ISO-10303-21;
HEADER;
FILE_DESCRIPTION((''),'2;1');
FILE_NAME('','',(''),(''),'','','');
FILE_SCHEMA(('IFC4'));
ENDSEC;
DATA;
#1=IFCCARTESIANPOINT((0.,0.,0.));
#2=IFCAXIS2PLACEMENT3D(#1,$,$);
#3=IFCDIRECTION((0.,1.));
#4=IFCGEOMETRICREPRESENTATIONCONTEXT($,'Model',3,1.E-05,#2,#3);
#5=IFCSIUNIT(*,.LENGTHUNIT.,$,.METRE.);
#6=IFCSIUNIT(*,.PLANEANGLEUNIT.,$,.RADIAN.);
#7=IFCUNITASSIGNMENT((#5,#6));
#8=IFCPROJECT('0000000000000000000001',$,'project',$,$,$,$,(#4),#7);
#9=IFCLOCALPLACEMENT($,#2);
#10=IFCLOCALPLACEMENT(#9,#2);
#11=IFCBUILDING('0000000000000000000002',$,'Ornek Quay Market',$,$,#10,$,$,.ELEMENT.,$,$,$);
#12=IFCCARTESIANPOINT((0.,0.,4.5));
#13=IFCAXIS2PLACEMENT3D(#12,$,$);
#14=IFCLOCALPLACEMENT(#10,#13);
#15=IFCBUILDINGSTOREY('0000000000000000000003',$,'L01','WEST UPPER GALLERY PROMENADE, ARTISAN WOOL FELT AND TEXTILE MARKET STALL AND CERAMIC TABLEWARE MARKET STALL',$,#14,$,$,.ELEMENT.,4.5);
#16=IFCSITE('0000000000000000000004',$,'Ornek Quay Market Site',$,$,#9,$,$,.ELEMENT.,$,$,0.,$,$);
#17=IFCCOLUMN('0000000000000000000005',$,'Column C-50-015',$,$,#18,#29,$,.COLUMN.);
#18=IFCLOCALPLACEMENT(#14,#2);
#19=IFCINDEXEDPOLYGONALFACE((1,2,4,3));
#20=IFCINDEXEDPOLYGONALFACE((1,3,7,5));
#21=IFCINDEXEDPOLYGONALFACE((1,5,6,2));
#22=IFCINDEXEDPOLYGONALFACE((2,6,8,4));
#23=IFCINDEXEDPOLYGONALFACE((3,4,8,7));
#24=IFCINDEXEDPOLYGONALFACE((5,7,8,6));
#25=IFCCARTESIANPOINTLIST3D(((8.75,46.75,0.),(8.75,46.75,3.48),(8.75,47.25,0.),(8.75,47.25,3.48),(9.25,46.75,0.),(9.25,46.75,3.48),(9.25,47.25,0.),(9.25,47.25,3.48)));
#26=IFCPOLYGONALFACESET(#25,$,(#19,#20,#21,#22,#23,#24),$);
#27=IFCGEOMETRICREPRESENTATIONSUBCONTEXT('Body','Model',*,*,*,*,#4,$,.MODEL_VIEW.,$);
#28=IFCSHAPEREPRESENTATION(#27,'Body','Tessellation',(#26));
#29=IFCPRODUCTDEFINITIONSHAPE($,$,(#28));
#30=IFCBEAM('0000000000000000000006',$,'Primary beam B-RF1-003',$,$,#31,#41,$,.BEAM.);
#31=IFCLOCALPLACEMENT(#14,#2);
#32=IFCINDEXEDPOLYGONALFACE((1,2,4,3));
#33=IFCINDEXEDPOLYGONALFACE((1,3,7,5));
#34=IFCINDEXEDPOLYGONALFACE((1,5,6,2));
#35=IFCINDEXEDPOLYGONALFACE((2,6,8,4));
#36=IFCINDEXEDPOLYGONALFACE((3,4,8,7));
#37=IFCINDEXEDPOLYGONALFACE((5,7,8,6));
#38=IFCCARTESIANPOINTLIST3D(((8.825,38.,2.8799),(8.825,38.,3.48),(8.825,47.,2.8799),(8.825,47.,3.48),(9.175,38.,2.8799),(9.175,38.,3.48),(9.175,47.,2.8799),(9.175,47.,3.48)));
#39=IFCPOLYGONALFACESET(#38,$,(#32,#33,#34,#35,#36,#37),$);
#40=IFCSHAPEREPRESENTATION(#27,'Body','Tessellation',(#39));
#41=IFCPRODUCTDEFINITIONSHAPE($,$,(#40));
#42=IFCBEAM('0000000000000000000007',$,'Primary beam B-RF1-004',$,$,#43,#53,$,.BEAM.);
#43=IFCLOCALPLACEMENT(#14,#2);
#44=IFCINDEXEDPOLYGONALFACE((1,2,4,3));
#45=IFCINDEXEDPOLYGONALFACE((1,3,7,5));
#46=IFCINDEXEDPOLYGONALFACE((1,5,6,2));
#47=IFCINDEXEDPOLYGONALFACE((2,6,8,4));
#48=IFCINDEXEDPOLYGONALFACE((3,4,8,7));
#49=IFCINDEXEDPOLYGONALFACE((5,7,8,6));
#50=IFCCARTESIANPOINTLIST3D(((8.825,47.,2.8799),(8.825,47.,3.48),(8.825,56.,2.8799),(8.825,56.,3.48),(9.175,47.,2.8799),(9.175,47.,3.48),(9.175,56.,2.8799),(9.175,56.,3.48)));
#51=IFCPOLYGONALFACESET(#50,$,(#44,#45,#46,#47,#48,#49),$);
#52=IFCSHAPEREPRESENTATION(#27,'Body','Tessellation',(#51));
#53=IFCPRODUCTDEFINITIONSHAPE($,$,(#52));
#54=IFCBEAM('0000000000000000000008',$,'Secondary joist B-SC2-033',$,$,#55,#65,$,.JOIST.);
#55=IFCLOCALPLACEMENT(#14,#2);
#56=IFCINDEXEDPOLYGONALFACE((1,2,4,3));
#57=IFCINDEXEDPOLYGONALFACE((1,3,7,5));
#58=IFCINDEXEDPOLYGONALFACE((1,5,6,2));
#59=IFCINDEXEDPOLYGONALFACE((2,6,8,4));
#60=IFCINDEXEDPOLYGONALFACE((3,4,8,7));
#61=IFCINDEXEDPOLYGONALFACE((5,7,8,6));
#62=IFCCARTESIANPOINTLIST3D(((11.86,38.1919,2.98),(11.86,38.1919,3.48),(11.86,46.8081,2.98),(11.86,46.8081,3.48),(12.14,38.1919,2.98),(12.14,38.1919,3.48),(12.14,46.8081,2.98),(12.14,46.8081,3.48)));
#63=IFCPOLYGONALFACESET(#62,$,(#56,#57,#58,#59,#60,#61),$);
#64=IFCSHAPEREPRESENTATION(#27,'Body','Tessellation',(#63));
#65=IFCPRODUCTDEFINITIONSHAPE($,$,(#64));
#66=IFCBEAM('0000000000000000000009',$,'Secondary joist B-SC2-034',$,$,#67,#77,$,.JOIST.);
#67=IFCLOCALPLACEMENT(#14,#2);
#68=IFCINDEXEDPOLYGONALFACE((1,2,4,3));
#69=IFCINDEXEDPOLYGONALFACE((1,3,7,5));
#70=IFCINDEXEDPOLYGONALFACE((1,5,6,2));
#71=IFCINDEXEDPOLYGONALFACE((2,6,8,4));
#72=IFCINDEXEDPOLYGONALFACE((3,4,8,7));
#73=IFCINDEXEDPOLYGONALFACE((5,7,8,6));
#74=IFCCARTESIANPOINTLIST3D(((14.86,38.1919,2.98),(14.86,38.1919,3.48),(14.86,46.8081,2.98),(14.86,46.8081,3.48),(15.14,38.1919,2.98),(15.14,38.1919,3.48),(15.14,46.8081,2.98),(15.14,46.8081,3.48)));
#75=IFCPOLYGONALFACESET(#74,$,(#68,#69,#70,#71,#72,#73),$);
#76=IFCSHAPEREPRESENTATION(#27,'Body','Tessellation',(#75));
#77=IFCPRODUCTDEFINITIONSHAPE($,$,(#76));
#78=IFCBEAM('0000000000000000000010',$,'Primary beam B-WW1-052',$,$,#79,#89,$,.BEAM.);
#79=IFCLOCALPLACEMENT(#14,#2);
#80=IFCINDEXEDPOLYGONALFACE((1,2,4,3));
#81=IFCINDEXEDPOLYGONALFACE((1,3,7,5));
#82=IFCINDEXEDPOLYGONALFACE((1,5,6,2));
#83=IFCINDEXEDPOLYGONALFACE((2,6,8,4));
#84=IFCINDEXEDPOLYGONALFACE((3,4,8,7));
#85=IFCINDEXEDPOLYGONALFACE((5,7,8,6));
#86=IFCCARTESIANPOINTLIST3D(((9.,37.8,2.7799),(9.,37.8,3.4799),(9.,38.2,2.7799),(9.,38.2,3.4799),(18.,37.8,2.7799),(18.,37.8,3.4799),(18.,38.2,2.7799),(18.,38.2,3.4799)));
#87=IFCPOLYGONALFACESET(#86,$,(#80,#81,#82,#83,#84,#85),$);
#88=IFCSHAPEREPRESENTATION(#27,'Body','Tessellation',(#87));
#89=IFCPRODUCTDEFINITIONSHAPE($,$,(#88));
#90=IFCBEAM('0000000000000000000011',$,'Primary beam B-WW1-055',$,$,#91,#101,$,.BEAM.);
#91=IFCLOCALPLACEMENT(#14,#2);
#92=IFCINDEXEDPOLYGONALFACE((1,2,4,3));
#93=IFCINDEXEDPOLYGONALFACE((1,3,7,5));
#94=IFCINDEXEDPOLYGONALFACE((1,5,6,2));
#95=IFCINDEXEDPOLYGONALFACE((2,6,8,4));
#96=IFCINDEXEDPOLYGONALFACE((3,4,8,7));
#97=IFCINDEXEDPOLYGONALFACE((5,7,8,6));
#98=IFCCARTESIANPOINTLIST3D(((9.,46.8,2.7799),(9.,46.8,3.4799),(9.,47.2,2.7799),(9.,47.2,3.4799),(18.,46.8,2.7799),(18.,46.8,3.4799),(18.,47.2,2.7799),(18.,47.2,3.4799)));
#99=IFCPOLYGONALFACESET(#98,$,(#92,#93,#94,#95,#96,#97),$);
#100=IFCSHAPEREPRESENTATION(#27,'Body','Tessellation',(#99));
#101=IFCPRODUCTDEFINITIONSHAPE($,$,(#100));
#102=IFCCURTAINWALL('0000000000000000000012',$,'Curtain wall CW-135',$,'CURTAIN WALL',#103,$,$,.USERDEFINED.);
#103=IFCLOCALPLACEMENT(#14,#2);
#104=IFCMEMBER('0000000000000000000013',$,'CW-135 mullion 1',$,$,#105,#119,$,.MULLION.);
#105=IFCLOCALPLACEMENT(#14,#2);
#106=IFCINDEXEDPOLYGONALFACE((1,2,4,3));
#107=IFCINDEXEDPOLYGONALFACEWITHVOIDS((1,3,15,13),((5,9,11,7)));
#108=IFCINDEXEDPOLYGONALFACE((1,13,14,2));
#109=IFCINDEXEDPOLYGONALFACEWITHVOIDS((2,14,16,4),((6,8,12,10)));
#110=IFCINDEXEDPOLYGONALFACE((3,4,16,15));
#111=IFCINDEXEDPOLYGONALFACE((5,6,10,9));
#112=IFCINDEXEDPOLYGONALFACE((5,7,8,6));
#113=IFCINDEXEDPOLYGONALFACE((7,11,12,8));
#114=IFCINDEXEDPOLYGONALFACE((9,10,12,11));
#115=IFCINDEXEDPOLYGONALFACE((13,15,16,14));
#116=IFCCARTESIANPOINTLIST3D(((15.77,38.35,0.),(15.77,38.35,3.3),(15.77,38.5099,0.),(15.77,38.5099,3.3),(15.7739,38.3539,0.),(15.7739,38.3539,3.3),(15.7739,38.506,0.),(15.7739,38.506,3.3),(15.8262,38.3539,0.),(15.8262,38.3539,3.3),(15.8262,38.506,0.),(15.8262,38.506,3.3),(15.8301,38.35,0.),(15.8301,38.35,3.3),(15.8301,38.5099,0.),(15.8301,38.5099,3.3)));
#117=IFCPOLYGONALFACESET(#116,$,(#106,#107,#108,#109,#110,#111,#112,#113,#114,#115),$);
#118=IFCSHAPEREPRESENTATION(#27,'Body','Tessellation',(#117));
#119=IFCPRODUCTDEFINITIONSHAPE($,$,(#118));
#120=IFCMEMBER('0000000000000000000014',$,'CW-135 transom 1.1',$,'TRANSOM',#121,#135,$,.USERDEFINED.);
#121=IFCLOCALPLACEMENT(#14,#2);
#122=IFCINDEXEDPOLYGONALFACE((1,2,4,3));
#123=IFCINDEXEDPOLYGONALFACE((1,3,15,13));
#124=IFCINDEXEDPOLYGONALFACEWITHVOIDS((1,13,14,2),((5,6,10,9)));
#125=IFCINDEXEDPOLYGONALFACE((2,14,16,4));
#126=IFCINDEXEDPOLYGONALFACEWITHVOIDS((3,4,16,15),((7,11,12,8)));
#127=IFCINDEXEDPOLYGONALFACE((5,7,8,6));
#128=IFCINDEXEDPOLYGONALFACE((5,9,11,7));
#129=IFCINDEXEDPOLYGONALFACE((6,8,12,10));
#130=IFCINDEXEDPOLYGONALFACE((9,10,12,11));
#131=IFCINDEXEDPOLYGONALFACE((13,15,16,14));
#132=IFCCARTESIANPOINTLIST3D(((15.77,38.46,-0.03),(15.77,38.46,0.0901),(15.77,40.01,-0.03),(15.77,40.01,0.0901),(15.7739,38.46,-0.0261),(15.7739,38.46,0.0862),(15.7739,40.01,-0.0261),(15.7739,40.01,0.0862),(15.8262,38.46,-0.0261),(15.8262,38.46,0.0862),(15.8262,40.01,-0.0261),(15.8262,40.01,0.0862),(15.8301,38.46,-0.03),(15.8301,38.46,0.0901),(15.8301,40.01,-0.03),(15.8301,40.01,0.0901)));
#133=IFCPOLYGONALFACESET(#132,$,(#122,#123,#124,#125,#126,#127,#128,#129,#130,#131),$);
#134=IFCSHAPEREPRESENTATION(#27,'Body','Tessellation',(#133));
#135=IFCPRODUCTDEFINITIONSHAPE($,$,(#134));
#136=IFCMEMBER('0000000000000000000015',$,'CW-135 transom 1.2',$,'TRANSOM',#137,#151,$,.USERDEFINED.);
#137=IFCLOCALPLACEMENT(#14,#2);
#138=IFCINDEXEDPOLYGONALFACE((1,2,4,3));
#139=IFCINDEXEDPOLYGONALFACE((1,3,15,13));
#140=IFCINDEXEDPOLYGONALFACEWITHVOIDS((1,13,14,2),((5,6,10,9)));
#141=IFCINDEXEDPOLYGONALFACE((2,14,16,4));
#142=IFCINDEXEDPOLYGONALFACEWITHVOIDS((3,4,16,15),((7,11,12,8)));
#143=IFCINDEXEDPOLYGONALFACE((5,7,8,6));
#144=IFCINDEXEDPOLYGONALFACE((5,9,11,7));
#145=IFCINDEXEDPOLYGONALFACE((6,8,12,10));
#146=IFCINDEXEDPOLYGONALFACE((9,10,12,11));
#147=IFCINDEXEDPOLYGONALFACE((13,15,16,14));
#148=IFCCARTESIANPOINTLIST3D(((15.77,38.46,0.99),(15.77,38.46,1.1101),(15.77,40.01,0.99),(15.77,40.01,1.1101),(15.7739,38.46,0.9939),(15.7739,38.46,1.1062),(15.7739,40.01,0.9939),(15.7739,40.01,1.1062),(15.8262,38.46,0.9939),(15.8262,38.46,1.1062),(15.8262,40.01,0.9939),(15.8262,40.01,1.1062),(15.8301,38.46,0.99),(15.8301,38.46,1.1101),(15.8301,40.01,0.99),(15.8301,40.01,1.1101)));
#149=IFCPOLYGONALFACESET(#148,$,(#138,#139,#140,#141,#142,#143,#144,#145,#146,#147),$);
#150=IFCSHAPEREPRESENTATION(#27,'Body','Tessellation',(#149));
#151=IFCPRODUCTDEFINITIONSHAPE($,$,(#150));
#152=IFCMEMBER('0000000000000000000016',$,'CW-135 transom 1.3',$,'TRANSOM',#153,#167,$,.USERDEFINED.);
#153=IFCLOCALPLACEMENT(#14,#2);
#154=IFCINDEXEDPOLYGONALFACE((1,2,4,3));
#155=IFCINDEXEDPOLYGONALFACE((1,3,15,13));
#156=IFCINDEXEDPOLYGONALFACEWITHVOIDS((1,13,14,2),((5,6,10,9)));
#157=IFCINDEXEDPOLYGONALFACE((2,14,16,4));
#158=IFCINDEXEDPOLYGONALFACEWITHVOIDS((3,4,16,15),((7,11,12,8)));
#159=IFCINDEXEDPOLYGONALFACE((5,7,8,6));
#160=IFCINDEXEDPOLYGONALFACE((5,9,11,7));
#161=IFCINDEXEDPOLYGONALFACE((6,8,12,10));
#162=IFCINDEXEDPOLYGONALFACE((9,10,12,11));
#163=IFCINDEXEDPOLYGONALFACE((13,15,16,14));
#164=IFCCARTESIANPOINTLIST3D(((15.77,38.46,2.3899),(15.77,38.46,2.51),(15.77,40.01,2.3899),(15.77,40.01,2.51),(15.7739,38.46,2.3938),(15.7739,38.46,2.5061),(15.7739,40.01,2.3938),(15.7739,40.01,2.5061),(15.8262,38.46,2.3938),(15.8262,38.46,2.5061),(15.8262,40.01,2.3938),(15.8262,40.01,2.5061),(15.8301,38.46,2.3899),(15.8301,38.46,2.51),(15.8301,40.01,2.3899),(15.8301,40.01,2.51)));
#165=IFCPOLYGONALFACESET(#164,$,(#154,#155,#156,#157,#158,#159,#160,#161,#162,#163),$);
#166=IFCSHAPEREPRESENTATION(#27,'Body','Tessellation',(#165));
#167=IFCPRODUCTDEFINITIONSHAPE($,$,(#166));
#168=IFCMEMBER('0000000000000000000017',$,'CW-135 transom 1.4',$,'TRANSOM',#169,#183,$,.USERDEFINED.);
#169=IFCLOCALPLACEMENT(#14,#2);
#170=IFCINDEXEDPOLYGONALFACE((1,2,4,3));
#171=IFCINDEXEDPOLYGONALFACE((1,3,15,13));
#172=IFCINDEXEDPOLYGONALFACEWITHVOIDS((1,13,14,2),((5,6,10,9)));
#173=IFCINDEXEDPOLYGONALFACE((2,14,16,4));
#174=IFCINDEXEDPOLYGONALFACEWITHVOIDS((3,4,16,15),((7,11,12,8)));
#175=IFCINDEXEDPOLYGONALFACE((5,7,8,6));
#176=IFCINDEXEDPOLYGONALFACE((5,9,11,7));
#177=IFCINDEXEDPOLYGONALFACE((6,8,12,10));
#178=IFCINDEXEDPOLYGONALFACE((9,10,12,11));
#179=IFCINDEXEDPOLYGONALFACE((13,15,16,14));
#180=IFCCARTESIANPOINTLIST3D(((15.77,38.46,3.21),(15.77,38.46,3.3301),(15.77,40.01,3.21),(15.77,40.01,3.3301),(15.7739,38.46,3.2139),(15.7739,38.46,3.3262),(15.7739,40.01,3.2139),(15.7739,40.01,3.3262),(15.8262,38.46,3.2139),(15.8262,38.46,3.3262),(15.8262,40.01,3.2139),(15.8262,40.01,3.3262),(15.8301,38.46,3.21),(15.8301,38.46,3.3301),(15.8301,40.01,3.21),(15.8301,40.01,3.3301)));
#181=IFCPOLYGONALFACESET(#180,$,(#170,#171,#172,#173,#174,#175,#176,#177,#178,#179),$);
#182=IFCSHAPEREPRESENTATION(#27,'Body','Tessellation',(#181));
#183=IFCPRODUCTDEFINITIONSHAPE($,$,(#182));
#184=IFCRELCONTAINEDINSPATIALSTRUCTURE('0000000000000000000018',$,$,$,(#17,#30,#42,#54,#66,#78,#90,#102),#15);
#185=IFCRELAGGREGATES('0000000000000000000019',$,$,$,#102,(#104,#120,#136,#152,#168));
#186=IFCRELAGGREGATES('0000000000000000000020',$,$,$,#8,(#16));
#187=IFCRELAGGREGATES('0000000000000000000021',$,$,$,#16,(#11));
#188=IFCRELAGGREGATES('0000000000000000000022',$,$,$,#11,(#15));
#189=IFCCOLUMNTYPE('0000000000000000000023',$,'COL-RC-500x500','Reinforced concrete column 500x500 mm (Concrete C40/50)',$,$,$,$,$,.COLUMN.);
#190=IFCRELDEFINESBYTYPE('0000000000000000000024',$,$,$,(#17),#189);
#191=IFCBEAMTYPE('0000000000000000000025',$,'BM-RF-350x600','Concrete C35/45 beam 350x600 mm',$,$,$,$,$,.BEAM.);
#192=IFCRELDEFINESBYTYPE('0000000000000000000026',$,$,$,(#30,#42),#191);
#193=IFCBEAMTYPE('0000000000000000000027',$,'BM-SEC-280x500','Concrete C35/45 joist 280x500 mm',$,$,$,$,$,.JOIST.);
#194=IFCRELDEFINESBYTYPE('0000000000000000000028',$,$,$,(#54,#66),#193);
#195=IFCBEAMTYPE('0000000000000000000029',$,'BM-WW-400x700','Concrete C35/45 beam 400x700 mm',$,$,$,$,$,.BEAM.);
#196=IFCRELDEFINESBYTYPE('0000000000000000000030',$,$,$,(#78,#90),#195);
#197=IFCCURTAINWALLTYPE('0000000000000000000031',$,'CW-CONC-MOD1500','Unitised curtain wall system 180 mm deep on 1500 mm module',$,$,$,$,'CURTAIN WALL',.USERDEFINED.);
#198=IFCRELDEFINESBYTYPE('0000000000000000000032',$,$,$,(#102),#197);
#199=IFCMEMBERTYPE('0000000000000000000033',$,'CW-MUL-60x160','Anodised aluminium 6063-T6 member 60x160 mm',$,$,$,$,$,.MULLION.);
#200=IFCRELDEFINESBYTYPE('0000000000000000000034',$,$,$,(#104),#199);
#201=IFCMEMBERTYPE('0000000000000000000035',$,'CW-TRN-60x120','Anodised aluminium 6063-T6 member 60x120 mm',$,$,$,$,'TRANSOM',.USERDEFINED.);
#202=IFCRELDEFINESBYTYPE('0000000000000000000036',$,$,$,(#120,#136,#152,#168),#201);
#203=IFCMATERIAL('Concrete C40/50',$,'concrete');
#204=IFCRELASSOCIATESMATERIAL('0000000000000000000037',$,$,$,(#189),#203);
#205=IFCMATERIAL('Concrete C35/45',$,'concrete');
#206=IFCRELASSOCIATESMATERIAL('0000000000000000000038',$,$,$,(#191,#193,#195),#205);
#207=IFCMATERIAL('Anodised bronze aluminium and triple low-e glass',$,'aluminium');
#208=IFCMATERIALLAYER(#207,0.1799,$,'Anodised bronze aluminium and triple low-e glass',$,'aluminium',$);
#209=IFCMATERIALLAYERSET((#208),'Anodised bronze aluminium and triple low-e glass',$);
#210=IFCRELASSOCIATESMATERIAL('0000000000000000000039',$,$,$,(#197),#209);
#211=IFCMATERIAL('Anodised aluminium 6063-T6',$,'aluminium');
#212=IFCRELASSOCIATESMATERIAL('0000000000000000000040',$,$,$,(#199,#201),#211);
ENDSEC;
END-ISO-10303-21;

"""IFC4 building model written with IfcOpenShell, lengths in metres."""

from ifc_helpers import new_model, si_unit, direction, frame, origin, origin_2d, place, context, subcontext, project, spatial, rectangle, hollow_rectangle, extrude, material, layer, layer_set, material_profile, profile_set, type_object, element, aggregate, save


model = new_model("IFC4")

# Units and contexts
model_context = context("Model", 3, precision=1e-05, world=origin(), true_north=direction((0.0, 1.0)))
body_context = subcontext(model_context, "Body", "Model", "MODEL_VIEW")
ifc_project = project(units=[si_unit("LENGTHUNIT", "METRE"), si_unit("PLANEANGLEUNIT", "RADIAN")], contexts=[model_context])

# Site, building, storey
site_placement = place(None, origin())
site = spatial("IfcSite", under=ifc_project, at=site_placement, Name="Ornek Quay Market Site", CompositionType="ELEMENT", RefElevation=0.0)
building_placement = place(site_placement, origin())
building = spatial("IfcBuilding", under=site, at=building_placement, Name="Ornek Quay Market", CompositionType="ELEMENT")
storey_placement = place(building_placement, frame((0.0, 0.0, 4.5)))
storey = spatial("IfcBuildingStorey", under=building, at=storey_placement, Name="L01", Description="WEST UPPER GALLERY PROMENADE, ARTISAN WOOL FELT AND TEXTILE MARKET STALL AND CERAMIC TABLEWARE MARKET STALL", CompositionType="ELEMENT", Elevation=4.5)

# Column
ifc_material_1 = material(Name="Concrete C40/50", Category="concrete")
ifc_material_profile_1 = material_profile(ifc_material_1, rectangle(XDim=0.5, YDim=0.5, at=origin_2d()), Name="RC 500x500", Category="concrete")
ifc_profile_set_1 = profile_set([ifc_material_profile_1], Name="Concrete C40/50")
column_type = type_object("IfcColumnType", Name="COL-RC-500x500", Description="Reinforced concrete column 500x500 mm (Concrete C40/50)", PredefinedType="COLUMN", material=ifc_profile_set_1)
column_placement = place(storey_placement, frame((9.0, 47.0, 0.0), z_axis=(0.0, 0.0, 1.0), x_axis=(1.0, 0.0, 0.0)))
element("IfcColumn", 1, at=column_placement, inside=storey, type_object=column_type, Name="Column C-50-015", PredefinedType="COLUMN", context=body_context, shape_type="SweptSolid", body=[
    extrude(rectangle(XDim=0.5, YDim=0.5, at=origin_2d()), origin(), (0.0, 0.0, 1.0), 3.48),
])

# Beams
ifc_material_2 = material(Name="Concrete C35/45", Category="concrete")
ifc_material_profile_2 = material_profile(ifc_material_2, rectangle(XDim=0.3501, YDim=0.6001, at=origin_2d()), Name="RC 350x600", Category="concrete")
ifc_profile_set_2 = profile_set([ifc_material_profile_2], Name="Concrete C35/45")
beam_type_1 = type_object("IfcBeamType", Name="BM-RF-350x600", Description="Concrete C35/45 beam 350x600 mm", PredefinedType="BEAM", material=ifc_profile_set_2)
for number, where, z_axis, x_axis, name in (
    (2, (9.0, 38.0, 3.1799), (0.0, 1.0, 0.0), (-1.0, 0.0, 0.0), "Primary beam B-RF1-003"),
    (3, (9.0, 47.0, 3.1799), (0.0, 1.0, 0.0), (-1.0, 0.0, 0.0), "Primary beam B-RF1-004"),
):
    element("IfcBeam", number, at=place(storey_placement, frame(where, z_axis=z_axis, x_axis=x_axis)), inside=storey, type_object=beam_type_1, Name=name, PredefinedType="BEAM", context=body_context, shape_type="SweptSolid", body=[
        extrude(rectangle(XDim=0.3501, YDim=0.6001, at=origin_2d()), origin(), (0.0, 0.0, 1.0), 9.0),
    ])
ifc_material_profile_3 = material_profile(ifc_material_2, rectangle(XDim=0.28, YDim=0.5, at=origin_2d()), Name="RC 280x500", Category="concrete")
ifc_profile_set_3 = profile_set([ifc_material_profile_3], Name="Concrete C35/45")
beam_type_2 = type_object("IfcBeamType", Name="BM-SEC-280x500", Description="Concrete C35/45 joist 280x500 mm", PredefinedType="JOIST", material=ifc_profile_set_3)
for number, where, z_axis, x_axis, name in (
    (4, (12.0, 38.1919, 3.23), (0.0, 1.0, 0.0), (-1.0, 0.0, 0.0), "Secondary joist B-SC2-033"),
    (5, (15.0, 38.1919, 3.23), (0.0, 1.0, 0.0), (-1.0, 0.0, 0.0), "Secondary joist B-SC2-034"),
):
    element("IfcBeam", number, at=place(storey_placement, frame(where, z_axis=z_axis, x_axis=x_axis)), inside=storey, type_object=beam_type_2, Name=name, PredefinedType="JOIST", context=body_context, shape_type="SweptSolid", body=[
        extrude(rectangle(XDim=0.28, YDim=0.5, at=origin_2d()), origin(), (0.0, 0.0, 1.0), 8.6162),
    ])
ifc_material_profile_4 = material_profile(ifc_material_2, rectangle(XDim=0.3999, YDim=0.7, at=origin_2d()), Name="RC 400x700", Category="concrete")
ifc_profile_set_4 = profile_set([ifc_material_profile_4], Name="Concrete C35/45")
beam_type_3 = type_object("IfcBeamType", Name="BM-WW-400x700", Description="Concrete C35/45 beam 400x700 mm", PredefinedType="BEAM", material=ifc_profile_set_4)
for number, where, z_axis, x_axis, name in (
    (6, (9.0, 38.0, 3.1299), (1.0, 0.0, 0.0), (0.0, 1.0, 0.0), "Primary beam B-WW1-052"),
    (7, (9.0, 47.0, 3.1299), (1.0, 0.0, 0.0), (0.0, 1.0, 0.0), "Primary beam B-WW1-055"),
):
    element("IfcBeam", number, at=place(storey_placement, frame(where, z_axis=z_axis, x_axis=x_axis)), inside=storey, type_object=beam_type_3, Name=name, PredefinedType="BEAM", context=body_context, shape_type="SweptSolid", body=[
        extrude(rectangle(XDim=0.3999, YDim=0.7, at=origin_2d()), origin(), (0.0, 0.0, 1.0), 9.0),
    ])

# Curtain wall, members
ifc_material_3 = material(Name="Anodised bronze aluminium and triple low-e glass", Category="aluminium")
ifc_layer_1 = layer(ifc_material_3, 0.1799, Name="Anodised bronze aluminium and triple low-e glass", Category="aluminium")
ifc_layer_set_1 = layer_set([ifc_layer_1], Name="Anodised bronze aluminium and triple low-e glass")
curtain_wall_type = type_object("IfcCurtainWallType", Name="CW-CONC-MOD1500", Description="Unitised curtain wall system 180 mm deep on 1500 mm module", ElementType="CURTAIN WALL", PredefinedType="USERDEFINED", material=ifc_layer_set_1)
curtain_wall_placement = place(storey_placement, origin())
curtain_wall = element("IfcCurtainWall", 8, at=curtain_wall_placement, inside=storey, type_object=curtain_wall_type, Name="Curtain wall CW-135", ObjectType="CURTAIN WALL", PredefinedType="USERDEFINED")
ifc_material_4 = material(Name="Anodised aluminium 6063-T6", Category="aluminium")
ifc_material_profile_5 = material_profile(ifc_material_4, hollow_rectangle(XDim=0.0601, YDim=0.1599, WallThickness=0.0039, at=origin_2d()), Name="CW-MUL-60x160", Category="aluminium")
ifc_profile_set_5 = profile_set([ifc_material_profile_5], Name="Anodised aluminium 6063-T6")
member_type_1 = type_object("IfcMemberType", Name="CW-MUL-60x160", Description="Anodised aluminium 6063-T6 member 60x160 mm", PredefinedType="MULLION", material=ifc_profile_set_5)
member_1_placement = place(storey_placement, frame((15.8, 38.4299, 0.0), z_axis=(0.0, 0.0, 1.0), x_axis=(-1.0, 0.0, 0.0)))
member_1 = element("IfcMember", 9, at=member_1_placement, type_object=member_type_1, Name="CW-135 mullion 1", PredefinedType="MULLION", context=body_context, shape_type="SweptSolid", body=[
    extrude(hollow_rectangle(XDim=0.0601, YDim=0.1599, WallThickness=0.0039, at=origin_2d()), origin(), (0.0, 0.0, 1.0), 3.3),
])
ifc_material_profile_6 = material_profile(ifc_material_4, hollow_rectangle(XDim=0.0601, YDim=0.1201, WallThickness=0.0039, at=origin_2d()), Name="CW-TRN-60x120", Category="aluminium")
ifc_profile_set_6 = profile_set([ifc_material_profile_6], Name="Anodised aluminium 6063-T6")
member_type_2 = type_object("IfcMemberType", Name="CW-TRN-60x120", Description="Anodised aluminium 6063-T6 member 60x120 mm", ElementType="TRANSOM", PredefinedType="USERDEFINED", material=ifc_profile_set_6)
member_2_placement = place(storey_placement, frame((15.8, 38.46, 0.03), z_axis=(0.0, 1.0, 0.0), x_axis=(-1.0, 0.0, 0.0)))
member_2 = element("IfcMember", 10, at=member_2_placement, type_object=member_type_2, Name="CW-135 transom 1.1", ObjectType="TRANSOM", PredefinedType="USERDEFINED", context=body_context, shape_type="SweptSolid", body=[
    extrude(hollow_rectangle(XDim=0.0601, YDim=0.1201, WallThickness=0.0039, at=origin_2d()), origin(), (0.0, 0.0, 1.0), 1.55),
])
member_3_placement = place(storey_placement, frame((15.8, 38.46, 1.05), z_axis=(0.0, 1.0, 0.0), x_axis=(-1.0, 0.0, 0.0)))
member_3 = element("IfcMember", 11, at=member_3_placement, type_object=member_type_2, Name="CW-135 transom 1.2", ObjectType="TRANSOM", PredefinedType="USERDEFINED", context=body_context, shape_type="SweptSolid", body=[
    extrude(hollow_rectangle(XDim=0.0601, YDim=0.1201, WallThickness=0.0039, at=origin_2d()), origin(), (0.0, 0.0, 1.0), 1.55),
])
member_4_placement = place(storey_placement, frame((15.8, 38.46, 2.45), z_axis=(0.0, 1.0, 0.0), x_axis=(-1.0, 0.0, 0.0)))
member_4 = element("IfcMember", 12, at=member_4_placement, type_object=member_type_2, Name="CW-135 transom 1.3", ObjectType="TRANSOM", PredefinedType="USERDEFINED", context=body_context, shape_type="SweptSolid", body=[
    extrude(hollow_rectangle(XDim=0.0601, YDim=0.1201, WallThickness=0.0039, at=origin_2d()), origin(), (0.0, 0.0, 1.0), 1.55),
])
member_5_placement = place(storey_placement, frame((15.8, 38.46, 3.27), z_axis=(0.0, 1.0, 0.0), x_axis=(-1.0, 0.0, 0.0)))
member_5 = element("IfcMember", 13, at=member_5_placement, type_object=member_type_2, Name="CW-135 transom 1.4", ObjectType="TRANSOM", PredefinedType="USERDEFINED", context=body_context, shape_type="SweptSolid", body=[
    extrude(hollow_rectangle(XDim=0.0601, YDim=0.1201, WallThickness=0.0039, at=origin_2d()), origin(), (0.0, 0.0, 1.0), 1.55),
])
aggregate(curtain_wall, [member_1, member_2, member_3, member_4, member_5])

save(model, "model.ifc")
